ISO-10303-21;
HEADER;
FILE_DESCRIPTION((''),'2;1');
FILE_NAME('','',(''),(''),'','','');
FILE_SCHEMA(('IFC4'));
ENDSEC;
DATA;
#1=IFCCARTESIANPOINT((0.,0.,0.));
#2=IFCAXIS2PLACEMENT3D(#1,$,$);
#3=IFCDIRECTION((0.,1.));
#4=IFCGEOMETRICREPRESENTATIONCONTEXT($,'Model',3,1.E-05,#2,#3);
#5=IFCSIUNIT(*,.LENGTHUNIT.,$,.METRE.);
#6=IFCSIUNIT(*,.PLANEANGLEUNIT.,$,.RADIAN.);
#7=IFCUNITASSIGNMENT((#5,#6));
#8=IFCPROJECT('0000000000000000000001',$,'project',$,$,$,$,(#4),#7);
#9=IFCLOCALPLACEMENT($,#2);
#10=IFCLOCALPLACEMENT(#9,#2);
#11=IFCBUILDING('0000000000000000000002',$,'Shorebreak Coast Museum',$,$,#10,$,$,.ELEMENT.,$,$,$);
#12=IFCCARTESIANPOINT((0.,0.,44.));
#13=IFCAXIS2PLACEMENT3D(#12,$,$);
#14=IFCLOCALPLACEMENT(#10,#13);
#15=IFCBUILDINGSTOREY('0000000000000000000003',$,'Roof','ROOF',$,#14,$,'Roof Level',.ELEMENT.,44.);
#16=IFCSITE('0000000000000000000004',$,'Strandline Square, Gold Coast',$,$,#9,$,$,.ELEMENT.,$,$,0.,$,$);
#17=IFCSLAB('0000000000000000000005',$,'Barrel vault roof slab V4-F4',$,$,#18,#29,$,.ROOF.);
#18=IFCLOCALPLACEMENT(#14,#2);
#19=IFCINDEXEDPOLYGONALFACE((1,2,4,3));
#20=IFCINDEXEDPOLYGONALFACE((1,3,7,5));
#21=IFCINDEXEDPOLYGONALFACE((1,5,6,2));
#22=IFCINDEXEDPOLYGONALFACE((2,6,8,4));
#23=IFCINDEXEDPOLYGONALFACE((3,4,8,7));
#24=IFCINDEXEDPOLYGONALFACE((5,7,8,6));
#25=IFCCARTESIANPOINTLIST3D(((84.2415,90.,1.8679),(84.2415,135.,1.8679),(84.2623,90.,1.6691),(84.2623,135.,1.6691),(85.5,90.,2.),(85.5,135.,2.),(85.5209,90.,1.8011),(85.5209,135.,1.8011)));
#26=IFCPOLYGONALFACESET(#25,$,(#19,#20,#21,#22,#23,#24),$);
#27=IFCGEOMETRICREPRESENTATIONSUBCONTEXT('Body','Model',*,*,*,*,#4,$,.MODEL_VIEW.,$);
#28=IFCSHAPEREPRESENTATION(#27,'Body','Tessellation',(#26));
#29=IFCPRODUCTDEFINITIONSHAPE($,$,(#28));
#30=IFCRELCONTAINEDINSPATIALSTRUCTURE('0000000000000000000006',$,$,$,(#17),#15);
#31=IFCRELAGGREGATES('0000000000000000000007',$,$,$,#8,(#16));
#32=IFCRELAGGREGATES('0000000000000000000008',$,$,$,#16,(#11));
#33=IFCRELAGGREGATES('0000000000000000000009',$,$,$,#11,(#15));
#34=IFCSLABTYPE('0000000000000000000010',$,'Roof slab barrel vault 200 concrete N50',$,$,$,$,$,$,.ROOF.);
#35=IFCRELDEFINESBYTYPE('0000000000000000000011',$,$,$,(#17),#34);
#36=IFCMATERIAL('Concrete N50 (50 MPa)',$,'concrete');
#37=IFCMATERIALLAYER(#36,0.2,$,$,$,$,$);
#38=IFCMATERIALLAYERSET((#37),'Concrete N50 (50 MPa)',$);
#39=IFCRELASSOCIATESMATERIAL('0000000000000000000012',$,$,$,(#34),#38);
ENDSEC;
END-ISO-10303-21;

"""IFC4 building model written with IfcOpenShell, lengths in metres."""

from ifc_helpers import new_model, si_unit, direction, frame, origin, place, context, subcontext, project, spatial, polyline, outline, extrude, material, layer, layer_set, type_object, element, save


model = new_model("IFC4")

# Units and contexts
model_context = context("Model", 3, precision=1e-05, world=origin(), true_north=direction((0.0, 1.0)))
body_context = subcontext(model_context, "Body", "Model", "MODEL_VIEW")
ifc_project = project(units=[si_unit("LENGTHUNIT", "METRE"), si_unit("PLANEANGLEUNIT", "RADIAN")], contexts=[model_context])

# Site, building, storey
site_placement = place(None, origin())
site = spatial("IfcSite", under=ifc_project, at=site_placement, Name="Strandline Square, Gold Coast", CompositionType="ELEMENT", RefElevation=0.0)
building_placement = place(site_placement, origin())
building = spatial("IfcBuilding", under=site, at=building_placement, Name="Shorebreak Coast Museum", CompositionType="ELEMENT")
storey_placement = place(building_placement, frame((0.0, 0.0, 44.0)))
storey = spatial("IfcBuildingStorey", under=building, at=storey_placement, Name="Roof", Description="ROOF", LongName="Roof Level", CompositionType="ELEMENT", Elevation=44.0)

# Slab
ifc_material_1 = material(Name="Concrete N50 (50 MPa)", Category="concrete")
ifc_layer = layer(ifc_material_1, 0.2)
ifc_layer_set = layer_set([ifc_layer], Name="Concrete N50 (50 MPa)")
slab_type = type_object("IfcSlabType", Name="Roof slab barrel vault 200 concrete N50", PredefinedType="ROOF", material=ifc_layer_set)
slab_1_placement = place(storey_placement, frame((84.2415, 90.0, 1.8679), z_axis=(-0.104373, 0.0, 0.994538), x_axis=(0.994538, 0.0, 0.104373)))
element("IfcSlab", 1, at=slab_1_placement, inside=storey, type_object=slab_type, Name="Barrel vault roof slab V4-F4", PredefinedType="ROOF", context=body_context, shape_type="SweptSolid", body=[
    extrude(outline(polyline([(0.0, 0.0), (1.2655, 0.0), (1.2655, 45.0), (0.0, 45.0), (0.0, 0.0)])), origin(), (0.0, 0.0, -1.0), 0.2),
])

save(model, "model.ifc")
